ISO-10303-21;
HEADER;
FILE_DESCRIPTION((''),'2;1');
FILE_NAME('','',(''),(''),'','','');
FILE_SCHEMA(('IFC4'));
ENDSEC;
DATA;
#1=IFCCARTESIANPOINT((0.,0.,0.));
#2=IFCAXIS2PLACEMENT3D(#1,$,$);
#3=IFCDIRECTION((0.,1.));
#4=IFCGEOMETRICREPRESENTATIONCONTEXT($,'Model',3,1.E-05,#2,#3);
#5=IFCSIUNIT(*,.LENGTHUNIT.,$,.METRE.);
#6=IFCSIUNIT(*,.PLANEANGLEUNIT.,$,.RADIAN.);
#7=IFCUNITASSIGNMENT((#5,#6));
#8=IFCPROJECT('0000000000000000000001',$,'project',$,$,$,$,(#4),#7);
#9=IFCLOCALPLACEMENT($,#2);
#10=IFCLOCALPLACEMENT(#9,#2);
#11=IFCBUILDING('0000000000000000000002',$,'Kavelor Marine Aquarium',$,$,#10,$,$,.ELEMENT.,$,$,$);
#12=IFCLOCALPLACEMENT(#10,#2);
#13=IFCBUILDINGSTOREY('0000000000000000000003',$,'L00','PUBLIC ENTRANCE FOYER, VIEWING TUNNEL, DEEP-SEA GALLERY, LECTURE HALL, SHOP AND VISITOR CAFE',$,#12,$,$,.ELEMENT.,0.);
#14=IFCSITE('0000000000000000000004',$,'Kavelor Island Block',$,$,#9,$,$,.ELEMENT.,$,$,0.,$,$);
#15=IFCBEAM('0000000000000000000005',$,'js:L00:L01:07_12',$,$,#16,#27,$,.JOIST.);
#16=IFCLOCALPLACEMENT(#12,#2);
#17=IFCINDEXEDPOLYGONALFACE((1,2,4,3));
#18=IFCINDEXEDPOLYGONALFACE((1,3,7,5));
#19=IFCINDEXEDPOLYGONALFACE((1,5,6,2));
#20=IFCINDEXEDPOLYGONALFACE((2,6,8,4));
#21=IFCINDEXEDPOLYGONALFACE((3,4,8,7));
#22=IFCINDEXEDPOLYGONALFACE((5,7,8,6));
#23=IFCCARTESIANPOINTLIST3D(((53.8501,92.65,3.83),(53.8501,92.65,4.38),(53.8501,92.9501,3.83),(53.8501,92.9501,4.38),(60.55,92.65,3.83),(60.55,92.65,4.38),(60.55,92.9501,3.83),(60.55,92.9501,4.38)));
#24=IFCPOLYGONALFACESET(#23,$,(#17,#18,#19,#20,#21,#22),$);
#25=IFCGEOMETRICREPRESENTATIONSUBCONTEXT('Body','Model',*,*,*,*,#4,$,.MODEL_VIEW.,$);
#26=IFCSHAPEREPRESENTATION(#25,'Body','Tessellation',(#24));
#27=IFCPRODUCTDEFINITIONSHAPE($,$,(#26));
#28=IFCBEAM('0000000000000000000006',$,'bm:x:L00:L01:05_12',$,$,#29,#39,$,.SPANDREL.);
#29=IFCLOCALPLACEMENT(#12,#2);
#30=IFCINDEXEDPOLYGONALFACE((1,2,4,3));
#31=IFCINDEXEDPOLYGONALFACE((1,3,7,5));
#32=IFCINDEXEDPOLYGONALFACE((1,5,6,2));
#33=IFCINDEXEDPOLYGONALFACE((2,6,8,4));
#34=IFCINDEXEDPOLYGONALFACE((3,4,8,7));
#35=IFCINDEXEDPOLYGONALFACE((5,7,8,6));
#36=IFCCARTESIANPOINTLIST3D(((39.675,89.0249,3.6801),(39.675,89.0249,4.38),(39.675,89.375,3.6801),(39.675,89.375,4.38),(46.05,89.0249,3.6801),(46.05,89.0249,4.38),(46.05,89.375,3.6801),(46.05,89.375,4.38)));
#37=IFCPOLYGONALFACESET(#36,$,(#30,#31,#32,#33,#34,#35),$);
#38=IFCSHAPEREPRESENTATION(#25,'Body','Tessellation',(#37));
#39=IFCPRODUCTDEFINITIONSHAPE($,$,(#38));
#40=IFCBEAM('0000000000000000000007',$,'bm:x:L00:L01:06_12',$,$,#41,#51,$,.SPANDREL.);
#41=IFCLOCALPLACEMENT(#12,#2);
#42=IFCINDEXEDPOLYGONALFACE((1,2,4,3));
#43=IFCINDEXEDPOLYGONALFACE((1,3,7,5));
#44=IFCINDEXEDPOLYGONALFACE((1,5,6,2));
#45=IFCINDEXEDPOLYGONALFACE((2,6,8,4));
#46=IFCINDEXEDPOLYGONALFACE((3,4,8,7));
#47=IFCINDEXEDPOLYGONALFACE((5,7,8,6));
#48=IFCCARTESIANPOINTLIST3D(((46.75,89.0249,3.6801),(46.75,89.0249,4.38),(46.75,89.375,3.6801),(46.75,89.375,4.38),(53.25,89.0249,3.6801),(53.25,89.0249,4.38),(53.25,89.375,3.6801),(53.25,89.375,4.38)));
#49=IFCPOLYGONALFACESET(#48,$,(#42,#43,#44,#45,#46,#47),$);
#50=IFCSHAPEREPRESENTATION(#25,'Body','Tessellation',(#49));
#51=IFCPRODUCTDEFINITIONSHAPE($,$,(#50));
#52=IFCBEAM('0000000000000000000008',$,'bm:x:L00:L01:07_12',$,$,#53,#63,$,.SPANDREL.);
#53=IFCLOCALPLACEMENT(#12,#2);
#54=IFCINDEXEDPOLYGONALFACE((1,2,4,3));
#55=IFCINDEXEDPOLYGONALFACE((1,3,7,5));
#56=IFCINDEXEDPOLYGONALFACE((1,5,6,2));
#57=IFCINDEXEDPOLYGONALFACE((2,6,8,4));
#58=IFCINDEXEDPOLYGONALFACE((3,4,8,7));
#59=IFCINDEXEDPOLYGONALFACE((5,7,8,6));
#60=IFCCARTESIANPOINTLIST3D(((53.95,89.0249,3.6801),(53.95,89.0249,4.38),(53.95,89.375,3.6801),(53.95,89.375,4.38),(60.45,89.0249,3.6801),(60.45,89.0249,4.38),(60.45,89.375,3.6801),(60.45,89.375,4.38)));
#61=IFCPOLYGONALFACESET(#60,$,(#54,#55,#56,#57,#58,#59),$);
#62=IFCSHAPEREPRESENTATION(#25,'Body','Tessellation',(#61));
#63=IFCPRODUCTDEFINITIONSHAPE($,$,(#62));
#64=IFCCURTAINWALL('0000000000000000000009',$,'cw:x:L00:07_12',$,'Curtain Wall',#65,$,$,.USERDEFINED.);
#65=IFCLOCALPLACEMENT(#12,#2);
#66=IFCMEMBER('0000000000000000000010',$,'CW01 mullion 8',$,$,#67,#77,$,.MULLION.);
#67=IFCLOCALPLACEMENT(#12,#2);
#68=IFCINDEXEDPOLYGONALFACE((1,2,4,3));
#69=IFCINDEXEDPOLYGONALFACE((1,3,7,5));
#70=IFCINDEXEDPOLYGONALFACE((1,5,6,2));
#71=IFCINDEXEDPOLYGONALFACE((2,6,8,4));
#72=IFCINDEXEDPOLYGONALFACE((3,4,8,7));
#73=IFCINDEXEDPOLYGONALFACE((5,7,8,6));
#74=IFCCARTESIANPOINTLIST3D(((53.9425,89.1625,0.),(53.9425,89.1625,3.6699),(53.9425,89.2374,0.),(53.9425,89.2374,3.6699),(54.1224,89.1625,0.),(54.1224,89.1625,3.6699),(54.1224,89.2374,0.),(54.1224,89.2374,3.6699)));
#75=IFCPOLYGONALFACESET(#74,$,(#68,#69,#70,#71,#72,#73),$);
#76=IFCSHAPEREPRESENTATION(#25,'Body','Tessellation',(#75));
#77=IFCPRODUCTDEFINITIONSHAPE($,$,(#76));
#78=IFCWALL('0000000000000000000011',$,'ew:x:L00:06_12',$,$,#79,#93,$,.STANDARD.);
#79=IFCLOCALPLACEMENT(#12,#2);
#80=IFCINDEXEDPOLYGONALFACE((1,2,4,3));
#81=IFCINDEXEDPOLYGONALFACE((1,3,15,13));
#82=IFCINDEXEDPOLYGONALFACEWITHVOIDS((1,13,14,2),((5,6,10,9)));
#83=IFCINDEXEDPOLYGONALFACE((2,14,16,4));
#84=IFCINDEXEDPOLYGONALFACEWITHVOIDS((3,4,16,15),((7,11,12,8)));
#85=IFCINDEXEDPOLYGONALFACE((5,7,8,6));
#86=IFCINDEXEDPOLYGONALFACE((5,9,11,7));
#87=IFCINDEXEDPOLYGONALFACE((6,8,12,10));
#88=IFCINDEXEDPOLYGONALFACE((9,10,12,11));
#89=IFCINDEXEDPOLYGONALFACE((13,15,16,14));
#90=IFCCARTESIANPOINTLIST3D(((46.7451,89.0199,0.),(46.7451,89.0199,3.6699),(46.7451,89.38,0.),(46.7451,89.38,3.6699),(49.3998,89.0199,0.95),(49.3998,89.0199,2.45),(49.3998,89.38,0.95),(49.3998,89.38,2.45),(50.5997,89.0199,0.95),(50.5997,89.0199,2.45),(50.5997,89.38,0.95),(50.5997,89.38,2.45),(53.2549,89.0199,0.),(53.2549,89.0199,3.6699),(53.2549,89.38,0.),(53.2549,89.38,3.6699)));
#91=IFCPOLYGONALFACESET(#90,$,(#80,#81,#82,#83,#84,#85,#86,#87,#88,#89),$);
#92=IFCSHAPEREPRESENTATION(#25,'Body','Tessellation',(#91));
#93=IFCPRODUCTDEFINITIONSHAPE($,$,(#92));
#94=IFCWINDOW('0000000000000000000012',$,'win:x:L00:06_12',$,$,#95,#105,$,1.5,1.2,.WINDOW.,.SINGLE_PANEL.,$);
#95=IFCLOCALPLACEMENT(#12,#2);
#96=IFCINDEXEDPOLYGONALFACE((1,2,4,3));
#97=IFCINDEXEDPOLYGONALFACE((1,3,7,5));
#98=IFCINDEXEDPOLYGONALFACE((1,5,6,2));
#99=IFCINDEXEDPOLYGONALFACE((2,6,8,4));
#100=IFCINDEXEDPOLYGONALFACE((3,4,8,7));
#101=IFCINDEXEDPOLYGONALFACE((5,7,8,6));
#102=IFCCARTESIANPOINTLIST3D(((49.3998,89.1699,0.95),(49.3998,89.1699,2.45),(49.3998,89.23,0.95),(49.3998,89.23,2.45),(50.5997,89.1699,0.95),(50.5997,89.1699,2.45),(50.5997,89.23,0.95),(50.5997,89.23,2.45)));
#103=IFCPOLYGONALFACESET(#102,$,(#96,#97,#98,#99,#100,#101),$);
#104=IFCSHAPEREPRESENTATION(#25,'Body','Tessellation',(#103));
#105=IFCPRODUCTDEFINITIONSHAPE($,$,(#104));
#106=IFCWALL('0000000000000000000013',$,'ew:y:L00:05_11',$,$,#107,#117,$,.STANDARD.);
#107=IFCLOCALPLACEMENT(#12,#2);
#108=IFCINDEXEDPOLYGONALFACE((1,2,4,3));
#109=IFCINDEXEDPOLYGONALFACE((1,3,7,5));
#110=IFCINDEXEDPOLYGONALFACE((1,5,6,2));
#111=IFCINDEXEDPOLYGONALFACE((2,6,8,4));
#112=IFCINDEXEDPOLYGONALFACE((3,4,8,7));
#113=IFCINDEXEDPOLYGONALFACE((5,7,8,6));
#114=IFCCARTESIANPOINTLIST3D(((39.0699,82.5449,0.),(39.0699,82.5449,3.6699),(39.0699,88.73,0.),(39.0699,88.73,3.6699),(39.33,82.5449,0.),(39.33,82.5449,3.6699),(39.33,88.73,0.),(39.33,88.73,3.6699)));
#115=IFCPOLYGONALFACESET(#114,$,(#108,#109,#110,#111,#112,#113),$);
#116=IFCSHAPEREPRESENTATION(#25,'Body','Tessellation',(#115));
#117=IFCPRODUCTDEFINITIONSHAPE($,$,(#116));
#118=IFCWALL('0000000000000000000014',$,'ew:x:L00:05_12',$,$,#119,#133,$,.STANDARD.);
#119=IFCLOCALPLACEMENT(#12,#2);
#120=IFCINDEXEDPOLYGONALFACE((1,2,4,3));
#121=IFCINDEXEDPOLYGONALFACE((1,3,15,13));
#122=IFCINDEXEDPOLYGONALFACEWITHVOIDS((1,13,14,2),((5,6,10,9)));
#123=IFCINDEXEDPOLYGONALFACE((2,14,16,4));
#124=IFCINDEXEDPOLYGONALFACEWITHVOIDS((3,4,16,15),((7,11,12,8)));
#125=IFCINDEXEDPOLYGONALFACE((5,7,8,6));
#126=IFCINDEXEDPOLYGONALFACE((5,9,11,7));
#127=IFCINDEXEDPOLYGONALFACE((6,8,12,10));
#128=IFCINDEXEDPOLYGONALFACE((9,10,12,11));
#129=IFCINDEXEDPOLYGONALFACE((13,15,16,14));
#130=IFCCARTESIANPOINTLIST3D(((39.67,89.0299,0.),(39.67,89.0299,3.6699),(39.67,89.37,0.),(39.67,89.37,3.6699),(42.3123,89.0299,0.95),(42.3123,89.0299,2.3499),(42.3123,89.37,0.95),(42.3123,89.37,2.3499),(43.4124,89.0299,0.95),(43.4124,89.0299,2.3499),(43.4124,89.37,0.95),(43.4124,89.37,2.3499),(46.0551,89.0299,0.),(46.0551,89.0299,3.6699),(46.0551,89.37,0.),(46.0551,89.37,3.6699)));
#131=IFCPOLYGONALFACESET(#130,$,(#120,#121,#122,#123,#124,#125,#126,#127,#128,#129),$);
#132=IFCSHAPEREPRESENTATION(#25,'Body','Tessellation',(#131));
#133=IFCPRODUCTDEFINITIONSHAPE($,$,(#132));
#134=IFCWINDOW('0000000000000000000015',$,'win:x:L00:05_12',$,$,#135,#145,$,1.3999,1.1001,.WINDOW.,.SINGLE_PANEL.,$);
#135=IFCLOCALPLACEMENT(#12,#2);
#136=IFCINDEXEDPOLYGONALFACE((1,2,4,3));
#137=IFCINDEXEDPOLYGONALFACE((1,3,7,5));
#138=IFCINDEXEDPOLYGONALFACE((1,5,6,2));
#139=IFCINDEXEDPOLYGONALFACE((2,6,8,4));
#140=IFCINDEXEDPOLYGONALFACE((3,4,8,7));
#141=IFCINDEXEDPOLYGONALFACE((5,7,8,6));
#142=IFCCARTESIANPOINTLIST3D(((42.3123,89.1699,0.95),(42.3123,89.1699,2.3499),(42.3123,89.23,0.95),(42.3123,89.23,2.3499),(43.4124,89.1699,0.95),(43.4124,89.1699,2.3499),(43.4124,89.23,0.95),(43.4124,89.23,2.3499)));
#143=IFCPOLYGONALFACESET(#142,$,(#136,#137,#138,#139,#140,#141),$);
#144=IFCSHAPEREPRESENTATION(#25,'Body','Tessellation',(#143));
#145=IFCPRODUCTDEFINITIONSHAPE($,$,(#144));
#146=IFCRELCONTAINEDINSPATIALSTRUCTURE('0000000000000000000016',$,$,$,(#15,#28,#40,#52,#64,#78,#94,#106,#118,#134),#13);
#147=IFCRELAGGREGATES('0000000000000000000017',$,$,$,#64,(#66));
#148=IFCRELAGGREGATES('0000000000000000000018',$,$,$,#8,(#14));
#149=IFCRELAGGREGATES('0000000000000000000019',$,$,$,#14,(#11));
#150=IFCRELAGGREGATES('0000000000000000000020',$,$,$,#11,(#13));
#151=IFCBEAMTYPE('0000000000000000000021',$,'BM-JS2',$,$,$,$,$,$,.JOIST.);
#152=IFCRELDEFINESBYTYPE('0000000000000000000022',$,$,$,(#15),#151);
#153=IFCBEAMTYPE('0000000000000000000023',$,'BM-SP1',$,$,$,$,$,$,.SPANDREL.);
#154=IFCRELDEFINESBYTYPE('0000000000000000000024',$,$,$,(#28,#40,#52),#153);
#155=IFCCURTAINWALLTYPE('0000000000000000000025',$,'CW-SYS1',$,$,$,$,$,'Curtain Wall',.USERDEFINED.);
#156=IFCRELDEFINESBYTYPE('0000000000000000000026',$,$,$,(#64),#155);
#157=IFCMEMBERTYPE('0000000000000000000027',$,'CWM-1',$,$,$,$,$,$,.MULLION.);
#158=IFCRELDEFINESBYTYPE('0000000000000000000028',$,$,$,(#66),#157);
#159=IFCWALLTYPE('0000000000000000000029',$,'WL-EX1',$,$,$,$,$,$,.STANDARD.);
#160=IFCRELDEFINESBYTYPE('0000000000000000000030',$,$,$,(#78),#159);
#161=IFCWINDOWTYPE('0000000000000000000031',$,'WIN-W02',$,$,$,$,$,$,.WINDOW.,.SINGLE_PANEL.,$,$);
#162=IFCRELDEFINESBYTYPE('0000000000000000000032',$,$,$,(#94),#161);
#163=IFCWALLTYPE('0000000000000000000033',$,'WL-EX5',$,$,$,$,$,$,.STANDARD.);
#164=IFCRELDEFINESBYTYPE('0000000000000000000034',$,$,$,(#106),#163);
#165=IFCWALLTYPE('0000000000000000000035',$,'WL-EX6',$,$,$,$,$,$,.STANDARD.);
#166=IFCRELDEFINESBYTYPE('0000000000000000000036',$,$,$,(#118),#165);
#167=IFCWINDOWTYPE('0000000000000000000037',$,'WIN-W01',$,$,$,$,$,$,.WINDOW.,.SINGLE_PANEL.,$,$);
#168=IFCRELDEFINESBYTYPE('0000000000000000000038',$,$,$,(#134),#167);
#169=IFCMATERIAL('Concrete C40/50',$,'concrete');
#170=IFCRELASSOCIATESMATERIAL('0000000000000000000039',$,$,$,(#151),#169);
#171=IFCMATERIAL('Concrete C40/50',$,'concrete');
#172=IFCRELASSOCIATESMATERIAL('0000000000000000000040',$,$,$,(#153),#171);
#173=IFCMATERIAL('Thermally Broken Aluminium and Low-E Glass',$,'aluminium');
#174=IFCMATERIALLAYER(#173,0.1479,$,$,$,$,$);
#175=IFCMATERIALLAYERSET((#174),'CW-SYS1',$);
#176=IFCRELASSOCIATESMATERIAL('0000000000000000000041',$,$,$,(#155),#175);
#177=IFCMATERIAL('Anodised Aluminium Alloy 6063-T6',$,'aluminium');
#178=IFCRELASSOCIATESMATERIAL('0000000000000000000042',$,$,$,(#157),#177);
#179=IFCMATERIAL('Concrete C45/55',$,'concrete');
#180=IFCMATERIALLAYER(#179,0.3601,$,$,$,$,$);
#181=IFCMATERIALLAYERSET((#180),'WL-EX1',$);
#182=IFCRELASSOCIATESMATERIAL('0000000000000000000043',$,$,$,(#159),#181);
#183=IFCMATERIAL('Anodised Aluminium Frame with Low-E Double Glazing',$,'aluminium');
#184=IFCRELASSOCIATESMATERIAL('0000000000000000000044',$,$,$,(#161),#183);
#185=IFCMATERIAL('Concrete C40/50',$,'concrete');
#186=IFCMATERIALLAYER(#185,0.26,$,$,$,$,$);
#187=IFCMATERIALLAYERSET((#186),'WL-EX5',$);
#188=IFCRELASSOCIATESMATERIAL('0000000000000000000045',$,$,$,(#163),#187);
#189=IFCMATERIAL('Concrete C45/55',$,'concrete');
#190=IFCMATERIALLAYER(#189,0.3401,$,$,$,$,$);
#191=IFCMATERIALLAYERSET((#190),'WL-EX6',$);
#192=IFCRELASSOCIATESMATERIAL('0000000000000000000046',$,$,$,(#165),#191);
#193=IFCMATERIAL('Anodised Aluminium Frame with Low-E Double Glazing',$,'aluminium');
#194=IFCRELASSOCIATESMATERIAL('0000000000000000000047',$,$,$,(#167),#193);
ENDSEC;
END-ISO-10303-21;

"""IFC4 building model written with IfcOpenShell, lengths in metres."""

from ifc_helpers import new_model, si_unit, direction, frame, frame_2d, origin, origin_2d, place, context, subcontext, project, spatial, rectangle, extrude, material, layer, layer_set, material_profile, profile_set, type_object, element, fill, aggregate, save


model = new_model("IFC4")

# Units and contexts
model_context = context("Model", 3, precision=1e-05, world=origin(), true_north=direction((0.0, 1.0)))
body_context = subcontext(model_context, "Body", "Model", "MODEL_VIEW")
ifc_project = project(units=[si_unit("LENGTHUNIT", "METRE"), si_unit("PLANEANGLEUNIT", "RADIAN")], contexts=[model_context])

# Site, building, storey
site_placement = place(None, origin())
site = spatial("IfcSite", under=ifc_project, at=site_placement, Name="Kavelor Island Block", CompositionType="ELEMENT", RefElevation=0.0)
building_placement = place(site_placement, origin())
building = spatial("IfcBuilding", under=site, at=building_placement, Name="Kavelor Marine Aquarium", CompositionType="ELEMENT")
storey_placement = place(building_placement, origin())
storey = spatial("IfcBuildingStorey", under=building, at=storey_placement, Name="L00", Description="PUBLIC ENTRANCE FOYER, VIEWING TUNNEL, DEEP-SEA GALLERY, LECTURE HALL, SHOP AND VISITOR CAFE", CompositionType="ELEMENT", Elevation=0.0)

# Beams
ifc_material_1 = material(Name="Concrete C40/50", Category="concrete")
ifc_material_profile_1 = material_profile(ifc_material_1, rectangle(XDim=0.3, YDim=0.55, at=origin_2d()), Name="RC-JS 300x550")
ifc_profile_set_1 = profile_set([ifc_material_profile_1], Name="Concrete C40/50")
beam_type_1 = type_object("IfcBeamType", Name="BM-JS2", PredefinedType="JOIST", material=ifc_profile_set_1)
for number, where, z_axis, x_axis, name in (
    (1, (53.8501, 92.8, 4.105), (1.0, 0.0, 0.0), (0.0, 1.0, 0.0), "js:L00:L01:07_12"),
):
    element("IfcBeam", number, at=place(storey_placement, frame(where, z_axis=z_axis, x_axis=x_axis)), inside=storey, type_object=beam_type_1, Name=name, PredefinedType="JOIST", context=body_context, shape_type="SweptSolid", body=[
        extrude(rectangle(XDim=0.3, YDim=0.55, at=origin_2d()), origin(), (0.0, 0.0, 1.0), 6.7),
    ])
ifc_material_2 = material(Name="Concrete C40/50", Category="concrete")
ifc_material_profile_2 = material_profile(ifc_material_2, rectangle(XDim=0.3501, YDim=0.7, at=origin_2d()), Name="RC-SP 350x700")
ifc_profile_set_2 = profile_set([ifc_material_profile_2], Name="Concrete C40/50")
beam_type_2 = type_object("IfcBeamType", Name="BM-SP1", PredefinedType="SPANDREL", material=ifc_profile_set_2)
beam_1_placement = place(storey_placement, frame((39.675, 89.2, 4.03), z_axis=(1.0, 0.0, 0.0), x_axis=(0.0, 1.0, 0.0)))
element("IfcBeam", 2, at=beam_1_placement, inside=storey, type_object=beam_type_2, Name="bm:x:L00:L01:05_12", PredefinedType="SPANDREL", context=body_context, shape_type="SweptSolid", body=[
    extrude(rectangle(XDim=0.3501, YDim=0.7, at=origin_2d()), origin(), (0.0, 0.0, 1.0), 6.375),
])
for number, where, z_axis, x_axis, name in (
    (3, (46.75, 89.2, 4.03), (1.0, 0.0, 0.0), (0.0, 1.0, 0.0), "bm:x:L00:L01:06_12"),
    (4, (53.95, 89.2, 4.03), (1.0, 0.0, 0.0), (0.0, 1.0, 0.0), "bm:x:L00:L01:07_12"),
):
    element("IfcBeam", number, at=place(storey_placement, frame(where, z_axis=z_axis, x_axis=x_axis)), inside=storey, type_object=beam_type_2, Name=name, PredefinedType="SPANDREL", context=body_context, shape_type="SweptSolid", body=[
        extrude(rectangle(XDim=0.3501, YDim=0.7, at=origin_2d()), origin(), (0.0, 0.0, 1.0), 6.5),
    ])

# Curtain wall, member
ifc_material_3 = material(Name="Thermally Broken Aluminium and Low-E Glass", Category="aluminium")
ifc_layer_1 = layer(ifc_material_3, 0.1479)
ifc_layer_set_1 = layer_set([ifc_layer_1], Name="CW-SYS1")
curtain_wall_type = type_object("IfcCurtainWallType", Name="CW-SYS1", ElementType="Curtain Wall", PredefinedType="USERDEFINED", material=ifc_layer_set_1)
curtain_wall_placement = place(storey_placement, origin())
curtain_wall = element("IfcCurtainWall", 5, at=curtain_wall_placement, inside=storey, type_object=curtain_wall_type, Name="cw:x:L00:07_12", ObjectType="Curtain Wall", PredefinedType="USERDEFINED")
ifc_material_4 = material(Name="Anodised Aluminium Alloy 6063-T6", Category="aluminium")
ifc_material_profile_3 = material_profile(ifc_material_4, rectangle(XDim=0.075, YDim=0.1799, at=origin_2d()), Name="CW-MUL 75x180")
ifc_profile_set_3 = profile_set([ifc_material_profile_3], Name="Anodised Aluminium Alloy 6063-T6")
member_type = type_object("IfcMemberType", Name="CWM-1", PredefinedType="MULLION", material=ifc_profile_set_3)
member_placement = place(storey_placement, frame((54.0325, 89.2, 0.0), z_axis=(0.0, 0.0, 1.0), x_axis=(0.0, -1.0, 0.0)))
member = element("IfcMember", 6, at=member_placement, type_object=member_type, Name="CW01 mullion 8", PredefinedType="MULLION", context=body_context, shape_type="SweptSolid", body=[
    extrude(rectangle(XDim=0.075, YDim=0.1799, at=origin_2d()), origin(), (0.0, 0.0, 1.0), 3.6699),
])
aggregate(curtain_wall, [member])

# Wall, opening, window
ifc_material_5 = material(Name="Concrete C45/55", Category="concrete")
ifc_layer_2 = layer(ifc_material_5, 0.3601)
ifc_layer_set_2 = layer_set([ifc_layer_2], Name="WL-EX1")
wall_type_1 = type_object("IfcWallType", Name="WL-EX1", PredefinedType="STANDARD", material=ifc_layer_set_2)
wall_1_placement = place(storey_placement, frame((53.2549, 89.2, 0.0), z_axis=(0.0, 0.0, 1.0), x_axis=(-1.0, 0.0, 0.0)))
wall_1 = element("IfcWall", 7, at=wall_1_placement, inside=storey, type_object=wall_type_1, Name="ew:x:L00:06_12", PredefinedType="STANDARD", context=body_context, shape_type="SweptSolid", body=[
    extrude(rectangle(XDim=6.5098, YDim=0.3601, at=frame_2d((3.2549, 0.0))), origin(), (0.0, 0.0, 1.0), 3.6699),
])
opening_1_placement = place(wall_1_placement, frame((2.655, 0.0, 0.95)))
opening_1 = element("IfcOpeningElement", 8, at=opening_1_placement, cuts=wall_1, PredefinedType="OPENING", context=body_context, shape_type="SweptSolid", body=[
    extrude(rectangle(XDim=1.2, YDim=1.5, at=frame_2d((0.6001, 0.75))), frame((0.0, 0.1899, 0.0), z_axis=(0.0, -1.0, 0.0), x_axis=(1.0, 0.0, 0.0)), (0.0, 0.0, 1.0), 0.3801),
])
ifc_material_6 = material(Name="Anodised Aluminium Frame with Low-E Double Glazing", Category="aluminium")
window_type_1 = type_object("IfcWindowType", Name="WIN-W02", PartitioningType="SINGLE_PANEL", PredefinedType="WINDOW", material=ifc_material_6)
window_1_placement = place(opening_1_placement, origin())
window_1 = element("IfcWindow", 9, at=window_1_placement, inside=storey, type_object=window_type_1, Name="win:x:L00:06_12", OverallHeight=1.5, OverallWidth=1.2, PartitioningType="SINGLE_PANEL", PredefinedType="WINDOW", context=body_context, shape_type="SweptSolid", body=[
    extrude(rectangle(XDim=1.2, YDim=1.5, at=frame_2d((0.6001, 0.75))), frame((0.0, 0.03, 0.0), z_axis=(0.0, -1.0, 0.0), x_axis=(1.0, 0.0, 0.0)), (0.0, 0.0, 1.0), 0.0601),
])
fill(opening_1, window_1)

# Wall
ifc_material_7 = material(Name="Concrete C40/50", Category="concrete")
ifc_layer_3 = layer(ifc_material_7, 0.26)
ifc_layer_set_3 = layer_set([ifc_layer_3], Name="WL-EX5")
wall_type_2 = type_object("IfcWallType", Name="WL-EX5", PredefinedType="STANDARD", material=ifc_layer_set_3)
wall_2_placement = place(storey_placement, frame((39.2, 88.73, 0.0), z_axis=(0.0, 0.0, 1.0), x_axis=(0.0, -1.0, 0.0)))
element("IfcWall", 10, at=wall_2_placement, inside=storey, type_object=wall_type_2, Name="ew:y:L00:05_11", PredefinedType="STANDARD", context=body_context, shape_type="SweptSolid", body=[
    extrude(rectangle(XDim=6.1851, YDim=0.26, at=frame_2d((3.0925, 0.0))), origin(), (0.0, 0.0, 1.0), 3.6699),
])

# Wall, opening, window
ifc_material_8 = material(Name="Concrete C45/55", Category="concrete")
ifc_layer_4 = layer(ifc_material_8, 0.3401)
ifc_layer_set_4 = layer_set([ifc_layer_4], Name="WL-EX6")
wall_type_3 = type_object("IfcWallType", Name="WL-EX6", PredefinedType="STANDARD", material=ifc_layer_set_4)
wall_3_placement = place(storey_placement, frame((46.0549, 89.2, 0.0), z_axis=(0.0, 0.0, 1.0), x_axis=(-1.0, 0.0, 0.0)))
wall_3 = element("IfcWall", 11, at=wall_3_placement, inside=storey, type_object=wall_type_3, Name="ew:x:L00:05_12", PredefinedType="STANDARD", context=body_context, shape_type="SweptSolid", body=[
    extrude(rectangle(XDim=6.385, YDim=0.3401, at=frame_2d((3.1924, 0.0))), origin(), (0.0, 0.0, 1.0), 3.6699),
])
opening_2_placement = place(wall_3_placement, frame((2.6426, 0.0, 0.95)))
opening_2 = element("IfcOpeningElement", 12, at=opening_2_placement, cuts=wall_3, PredefinedType="OPENING", context=body_context, shape_type="SweptSolid", body=[
    extrude(rectangle(XDim=1.1001, YDim=1.3999, at=frame_2d((0.55, 0.7))), frame((0.0, 0.1799, 0.0), z_axis=(0.0, -1.0, 0.0), x_axis=(1.0, 0.0, 0.0)), (0.0, 0.0, 1.0), 0.3601),
])
ifc_material_9 = material(Name="Anodised Aluminium Frame with Low-E Double Glazing", Category="aluminium")
window_type_2 = type_object("IfcWindowType", Name="WIN-W01", PartitioningType="SINGLE_PANEL", PredefinedType="WINDOW", material=ifc_material_9)
window_2_placement = place(opening_2_placement, origin())
window_2 = element("IfcWindow", 13, at=window_2_placement, inside=storey, type_object=window_type_2, Name="win:x:L00:05_12", OverallHeight=1.3999, OverallWidth=1.1001, PartitioningType="SINGLE_PANEL", PredefinedType="WINDOW", context=body_context, shape_type="SweptSolid", body=[
    extrude(rectangle(XDim=1.1001, YDim=1.3999, at=frame_2d((0.55, 0.7))), frame((0.0, 0.03, 0.0), z_axis=(0.0, -1.0, 0.0), x_axis=(1.0, 0.0, 0.0)), (0.0, 0.0, 1.0), 0.0601),
])
fill(opening_2, window_2)

save(model, "model.ifc")
